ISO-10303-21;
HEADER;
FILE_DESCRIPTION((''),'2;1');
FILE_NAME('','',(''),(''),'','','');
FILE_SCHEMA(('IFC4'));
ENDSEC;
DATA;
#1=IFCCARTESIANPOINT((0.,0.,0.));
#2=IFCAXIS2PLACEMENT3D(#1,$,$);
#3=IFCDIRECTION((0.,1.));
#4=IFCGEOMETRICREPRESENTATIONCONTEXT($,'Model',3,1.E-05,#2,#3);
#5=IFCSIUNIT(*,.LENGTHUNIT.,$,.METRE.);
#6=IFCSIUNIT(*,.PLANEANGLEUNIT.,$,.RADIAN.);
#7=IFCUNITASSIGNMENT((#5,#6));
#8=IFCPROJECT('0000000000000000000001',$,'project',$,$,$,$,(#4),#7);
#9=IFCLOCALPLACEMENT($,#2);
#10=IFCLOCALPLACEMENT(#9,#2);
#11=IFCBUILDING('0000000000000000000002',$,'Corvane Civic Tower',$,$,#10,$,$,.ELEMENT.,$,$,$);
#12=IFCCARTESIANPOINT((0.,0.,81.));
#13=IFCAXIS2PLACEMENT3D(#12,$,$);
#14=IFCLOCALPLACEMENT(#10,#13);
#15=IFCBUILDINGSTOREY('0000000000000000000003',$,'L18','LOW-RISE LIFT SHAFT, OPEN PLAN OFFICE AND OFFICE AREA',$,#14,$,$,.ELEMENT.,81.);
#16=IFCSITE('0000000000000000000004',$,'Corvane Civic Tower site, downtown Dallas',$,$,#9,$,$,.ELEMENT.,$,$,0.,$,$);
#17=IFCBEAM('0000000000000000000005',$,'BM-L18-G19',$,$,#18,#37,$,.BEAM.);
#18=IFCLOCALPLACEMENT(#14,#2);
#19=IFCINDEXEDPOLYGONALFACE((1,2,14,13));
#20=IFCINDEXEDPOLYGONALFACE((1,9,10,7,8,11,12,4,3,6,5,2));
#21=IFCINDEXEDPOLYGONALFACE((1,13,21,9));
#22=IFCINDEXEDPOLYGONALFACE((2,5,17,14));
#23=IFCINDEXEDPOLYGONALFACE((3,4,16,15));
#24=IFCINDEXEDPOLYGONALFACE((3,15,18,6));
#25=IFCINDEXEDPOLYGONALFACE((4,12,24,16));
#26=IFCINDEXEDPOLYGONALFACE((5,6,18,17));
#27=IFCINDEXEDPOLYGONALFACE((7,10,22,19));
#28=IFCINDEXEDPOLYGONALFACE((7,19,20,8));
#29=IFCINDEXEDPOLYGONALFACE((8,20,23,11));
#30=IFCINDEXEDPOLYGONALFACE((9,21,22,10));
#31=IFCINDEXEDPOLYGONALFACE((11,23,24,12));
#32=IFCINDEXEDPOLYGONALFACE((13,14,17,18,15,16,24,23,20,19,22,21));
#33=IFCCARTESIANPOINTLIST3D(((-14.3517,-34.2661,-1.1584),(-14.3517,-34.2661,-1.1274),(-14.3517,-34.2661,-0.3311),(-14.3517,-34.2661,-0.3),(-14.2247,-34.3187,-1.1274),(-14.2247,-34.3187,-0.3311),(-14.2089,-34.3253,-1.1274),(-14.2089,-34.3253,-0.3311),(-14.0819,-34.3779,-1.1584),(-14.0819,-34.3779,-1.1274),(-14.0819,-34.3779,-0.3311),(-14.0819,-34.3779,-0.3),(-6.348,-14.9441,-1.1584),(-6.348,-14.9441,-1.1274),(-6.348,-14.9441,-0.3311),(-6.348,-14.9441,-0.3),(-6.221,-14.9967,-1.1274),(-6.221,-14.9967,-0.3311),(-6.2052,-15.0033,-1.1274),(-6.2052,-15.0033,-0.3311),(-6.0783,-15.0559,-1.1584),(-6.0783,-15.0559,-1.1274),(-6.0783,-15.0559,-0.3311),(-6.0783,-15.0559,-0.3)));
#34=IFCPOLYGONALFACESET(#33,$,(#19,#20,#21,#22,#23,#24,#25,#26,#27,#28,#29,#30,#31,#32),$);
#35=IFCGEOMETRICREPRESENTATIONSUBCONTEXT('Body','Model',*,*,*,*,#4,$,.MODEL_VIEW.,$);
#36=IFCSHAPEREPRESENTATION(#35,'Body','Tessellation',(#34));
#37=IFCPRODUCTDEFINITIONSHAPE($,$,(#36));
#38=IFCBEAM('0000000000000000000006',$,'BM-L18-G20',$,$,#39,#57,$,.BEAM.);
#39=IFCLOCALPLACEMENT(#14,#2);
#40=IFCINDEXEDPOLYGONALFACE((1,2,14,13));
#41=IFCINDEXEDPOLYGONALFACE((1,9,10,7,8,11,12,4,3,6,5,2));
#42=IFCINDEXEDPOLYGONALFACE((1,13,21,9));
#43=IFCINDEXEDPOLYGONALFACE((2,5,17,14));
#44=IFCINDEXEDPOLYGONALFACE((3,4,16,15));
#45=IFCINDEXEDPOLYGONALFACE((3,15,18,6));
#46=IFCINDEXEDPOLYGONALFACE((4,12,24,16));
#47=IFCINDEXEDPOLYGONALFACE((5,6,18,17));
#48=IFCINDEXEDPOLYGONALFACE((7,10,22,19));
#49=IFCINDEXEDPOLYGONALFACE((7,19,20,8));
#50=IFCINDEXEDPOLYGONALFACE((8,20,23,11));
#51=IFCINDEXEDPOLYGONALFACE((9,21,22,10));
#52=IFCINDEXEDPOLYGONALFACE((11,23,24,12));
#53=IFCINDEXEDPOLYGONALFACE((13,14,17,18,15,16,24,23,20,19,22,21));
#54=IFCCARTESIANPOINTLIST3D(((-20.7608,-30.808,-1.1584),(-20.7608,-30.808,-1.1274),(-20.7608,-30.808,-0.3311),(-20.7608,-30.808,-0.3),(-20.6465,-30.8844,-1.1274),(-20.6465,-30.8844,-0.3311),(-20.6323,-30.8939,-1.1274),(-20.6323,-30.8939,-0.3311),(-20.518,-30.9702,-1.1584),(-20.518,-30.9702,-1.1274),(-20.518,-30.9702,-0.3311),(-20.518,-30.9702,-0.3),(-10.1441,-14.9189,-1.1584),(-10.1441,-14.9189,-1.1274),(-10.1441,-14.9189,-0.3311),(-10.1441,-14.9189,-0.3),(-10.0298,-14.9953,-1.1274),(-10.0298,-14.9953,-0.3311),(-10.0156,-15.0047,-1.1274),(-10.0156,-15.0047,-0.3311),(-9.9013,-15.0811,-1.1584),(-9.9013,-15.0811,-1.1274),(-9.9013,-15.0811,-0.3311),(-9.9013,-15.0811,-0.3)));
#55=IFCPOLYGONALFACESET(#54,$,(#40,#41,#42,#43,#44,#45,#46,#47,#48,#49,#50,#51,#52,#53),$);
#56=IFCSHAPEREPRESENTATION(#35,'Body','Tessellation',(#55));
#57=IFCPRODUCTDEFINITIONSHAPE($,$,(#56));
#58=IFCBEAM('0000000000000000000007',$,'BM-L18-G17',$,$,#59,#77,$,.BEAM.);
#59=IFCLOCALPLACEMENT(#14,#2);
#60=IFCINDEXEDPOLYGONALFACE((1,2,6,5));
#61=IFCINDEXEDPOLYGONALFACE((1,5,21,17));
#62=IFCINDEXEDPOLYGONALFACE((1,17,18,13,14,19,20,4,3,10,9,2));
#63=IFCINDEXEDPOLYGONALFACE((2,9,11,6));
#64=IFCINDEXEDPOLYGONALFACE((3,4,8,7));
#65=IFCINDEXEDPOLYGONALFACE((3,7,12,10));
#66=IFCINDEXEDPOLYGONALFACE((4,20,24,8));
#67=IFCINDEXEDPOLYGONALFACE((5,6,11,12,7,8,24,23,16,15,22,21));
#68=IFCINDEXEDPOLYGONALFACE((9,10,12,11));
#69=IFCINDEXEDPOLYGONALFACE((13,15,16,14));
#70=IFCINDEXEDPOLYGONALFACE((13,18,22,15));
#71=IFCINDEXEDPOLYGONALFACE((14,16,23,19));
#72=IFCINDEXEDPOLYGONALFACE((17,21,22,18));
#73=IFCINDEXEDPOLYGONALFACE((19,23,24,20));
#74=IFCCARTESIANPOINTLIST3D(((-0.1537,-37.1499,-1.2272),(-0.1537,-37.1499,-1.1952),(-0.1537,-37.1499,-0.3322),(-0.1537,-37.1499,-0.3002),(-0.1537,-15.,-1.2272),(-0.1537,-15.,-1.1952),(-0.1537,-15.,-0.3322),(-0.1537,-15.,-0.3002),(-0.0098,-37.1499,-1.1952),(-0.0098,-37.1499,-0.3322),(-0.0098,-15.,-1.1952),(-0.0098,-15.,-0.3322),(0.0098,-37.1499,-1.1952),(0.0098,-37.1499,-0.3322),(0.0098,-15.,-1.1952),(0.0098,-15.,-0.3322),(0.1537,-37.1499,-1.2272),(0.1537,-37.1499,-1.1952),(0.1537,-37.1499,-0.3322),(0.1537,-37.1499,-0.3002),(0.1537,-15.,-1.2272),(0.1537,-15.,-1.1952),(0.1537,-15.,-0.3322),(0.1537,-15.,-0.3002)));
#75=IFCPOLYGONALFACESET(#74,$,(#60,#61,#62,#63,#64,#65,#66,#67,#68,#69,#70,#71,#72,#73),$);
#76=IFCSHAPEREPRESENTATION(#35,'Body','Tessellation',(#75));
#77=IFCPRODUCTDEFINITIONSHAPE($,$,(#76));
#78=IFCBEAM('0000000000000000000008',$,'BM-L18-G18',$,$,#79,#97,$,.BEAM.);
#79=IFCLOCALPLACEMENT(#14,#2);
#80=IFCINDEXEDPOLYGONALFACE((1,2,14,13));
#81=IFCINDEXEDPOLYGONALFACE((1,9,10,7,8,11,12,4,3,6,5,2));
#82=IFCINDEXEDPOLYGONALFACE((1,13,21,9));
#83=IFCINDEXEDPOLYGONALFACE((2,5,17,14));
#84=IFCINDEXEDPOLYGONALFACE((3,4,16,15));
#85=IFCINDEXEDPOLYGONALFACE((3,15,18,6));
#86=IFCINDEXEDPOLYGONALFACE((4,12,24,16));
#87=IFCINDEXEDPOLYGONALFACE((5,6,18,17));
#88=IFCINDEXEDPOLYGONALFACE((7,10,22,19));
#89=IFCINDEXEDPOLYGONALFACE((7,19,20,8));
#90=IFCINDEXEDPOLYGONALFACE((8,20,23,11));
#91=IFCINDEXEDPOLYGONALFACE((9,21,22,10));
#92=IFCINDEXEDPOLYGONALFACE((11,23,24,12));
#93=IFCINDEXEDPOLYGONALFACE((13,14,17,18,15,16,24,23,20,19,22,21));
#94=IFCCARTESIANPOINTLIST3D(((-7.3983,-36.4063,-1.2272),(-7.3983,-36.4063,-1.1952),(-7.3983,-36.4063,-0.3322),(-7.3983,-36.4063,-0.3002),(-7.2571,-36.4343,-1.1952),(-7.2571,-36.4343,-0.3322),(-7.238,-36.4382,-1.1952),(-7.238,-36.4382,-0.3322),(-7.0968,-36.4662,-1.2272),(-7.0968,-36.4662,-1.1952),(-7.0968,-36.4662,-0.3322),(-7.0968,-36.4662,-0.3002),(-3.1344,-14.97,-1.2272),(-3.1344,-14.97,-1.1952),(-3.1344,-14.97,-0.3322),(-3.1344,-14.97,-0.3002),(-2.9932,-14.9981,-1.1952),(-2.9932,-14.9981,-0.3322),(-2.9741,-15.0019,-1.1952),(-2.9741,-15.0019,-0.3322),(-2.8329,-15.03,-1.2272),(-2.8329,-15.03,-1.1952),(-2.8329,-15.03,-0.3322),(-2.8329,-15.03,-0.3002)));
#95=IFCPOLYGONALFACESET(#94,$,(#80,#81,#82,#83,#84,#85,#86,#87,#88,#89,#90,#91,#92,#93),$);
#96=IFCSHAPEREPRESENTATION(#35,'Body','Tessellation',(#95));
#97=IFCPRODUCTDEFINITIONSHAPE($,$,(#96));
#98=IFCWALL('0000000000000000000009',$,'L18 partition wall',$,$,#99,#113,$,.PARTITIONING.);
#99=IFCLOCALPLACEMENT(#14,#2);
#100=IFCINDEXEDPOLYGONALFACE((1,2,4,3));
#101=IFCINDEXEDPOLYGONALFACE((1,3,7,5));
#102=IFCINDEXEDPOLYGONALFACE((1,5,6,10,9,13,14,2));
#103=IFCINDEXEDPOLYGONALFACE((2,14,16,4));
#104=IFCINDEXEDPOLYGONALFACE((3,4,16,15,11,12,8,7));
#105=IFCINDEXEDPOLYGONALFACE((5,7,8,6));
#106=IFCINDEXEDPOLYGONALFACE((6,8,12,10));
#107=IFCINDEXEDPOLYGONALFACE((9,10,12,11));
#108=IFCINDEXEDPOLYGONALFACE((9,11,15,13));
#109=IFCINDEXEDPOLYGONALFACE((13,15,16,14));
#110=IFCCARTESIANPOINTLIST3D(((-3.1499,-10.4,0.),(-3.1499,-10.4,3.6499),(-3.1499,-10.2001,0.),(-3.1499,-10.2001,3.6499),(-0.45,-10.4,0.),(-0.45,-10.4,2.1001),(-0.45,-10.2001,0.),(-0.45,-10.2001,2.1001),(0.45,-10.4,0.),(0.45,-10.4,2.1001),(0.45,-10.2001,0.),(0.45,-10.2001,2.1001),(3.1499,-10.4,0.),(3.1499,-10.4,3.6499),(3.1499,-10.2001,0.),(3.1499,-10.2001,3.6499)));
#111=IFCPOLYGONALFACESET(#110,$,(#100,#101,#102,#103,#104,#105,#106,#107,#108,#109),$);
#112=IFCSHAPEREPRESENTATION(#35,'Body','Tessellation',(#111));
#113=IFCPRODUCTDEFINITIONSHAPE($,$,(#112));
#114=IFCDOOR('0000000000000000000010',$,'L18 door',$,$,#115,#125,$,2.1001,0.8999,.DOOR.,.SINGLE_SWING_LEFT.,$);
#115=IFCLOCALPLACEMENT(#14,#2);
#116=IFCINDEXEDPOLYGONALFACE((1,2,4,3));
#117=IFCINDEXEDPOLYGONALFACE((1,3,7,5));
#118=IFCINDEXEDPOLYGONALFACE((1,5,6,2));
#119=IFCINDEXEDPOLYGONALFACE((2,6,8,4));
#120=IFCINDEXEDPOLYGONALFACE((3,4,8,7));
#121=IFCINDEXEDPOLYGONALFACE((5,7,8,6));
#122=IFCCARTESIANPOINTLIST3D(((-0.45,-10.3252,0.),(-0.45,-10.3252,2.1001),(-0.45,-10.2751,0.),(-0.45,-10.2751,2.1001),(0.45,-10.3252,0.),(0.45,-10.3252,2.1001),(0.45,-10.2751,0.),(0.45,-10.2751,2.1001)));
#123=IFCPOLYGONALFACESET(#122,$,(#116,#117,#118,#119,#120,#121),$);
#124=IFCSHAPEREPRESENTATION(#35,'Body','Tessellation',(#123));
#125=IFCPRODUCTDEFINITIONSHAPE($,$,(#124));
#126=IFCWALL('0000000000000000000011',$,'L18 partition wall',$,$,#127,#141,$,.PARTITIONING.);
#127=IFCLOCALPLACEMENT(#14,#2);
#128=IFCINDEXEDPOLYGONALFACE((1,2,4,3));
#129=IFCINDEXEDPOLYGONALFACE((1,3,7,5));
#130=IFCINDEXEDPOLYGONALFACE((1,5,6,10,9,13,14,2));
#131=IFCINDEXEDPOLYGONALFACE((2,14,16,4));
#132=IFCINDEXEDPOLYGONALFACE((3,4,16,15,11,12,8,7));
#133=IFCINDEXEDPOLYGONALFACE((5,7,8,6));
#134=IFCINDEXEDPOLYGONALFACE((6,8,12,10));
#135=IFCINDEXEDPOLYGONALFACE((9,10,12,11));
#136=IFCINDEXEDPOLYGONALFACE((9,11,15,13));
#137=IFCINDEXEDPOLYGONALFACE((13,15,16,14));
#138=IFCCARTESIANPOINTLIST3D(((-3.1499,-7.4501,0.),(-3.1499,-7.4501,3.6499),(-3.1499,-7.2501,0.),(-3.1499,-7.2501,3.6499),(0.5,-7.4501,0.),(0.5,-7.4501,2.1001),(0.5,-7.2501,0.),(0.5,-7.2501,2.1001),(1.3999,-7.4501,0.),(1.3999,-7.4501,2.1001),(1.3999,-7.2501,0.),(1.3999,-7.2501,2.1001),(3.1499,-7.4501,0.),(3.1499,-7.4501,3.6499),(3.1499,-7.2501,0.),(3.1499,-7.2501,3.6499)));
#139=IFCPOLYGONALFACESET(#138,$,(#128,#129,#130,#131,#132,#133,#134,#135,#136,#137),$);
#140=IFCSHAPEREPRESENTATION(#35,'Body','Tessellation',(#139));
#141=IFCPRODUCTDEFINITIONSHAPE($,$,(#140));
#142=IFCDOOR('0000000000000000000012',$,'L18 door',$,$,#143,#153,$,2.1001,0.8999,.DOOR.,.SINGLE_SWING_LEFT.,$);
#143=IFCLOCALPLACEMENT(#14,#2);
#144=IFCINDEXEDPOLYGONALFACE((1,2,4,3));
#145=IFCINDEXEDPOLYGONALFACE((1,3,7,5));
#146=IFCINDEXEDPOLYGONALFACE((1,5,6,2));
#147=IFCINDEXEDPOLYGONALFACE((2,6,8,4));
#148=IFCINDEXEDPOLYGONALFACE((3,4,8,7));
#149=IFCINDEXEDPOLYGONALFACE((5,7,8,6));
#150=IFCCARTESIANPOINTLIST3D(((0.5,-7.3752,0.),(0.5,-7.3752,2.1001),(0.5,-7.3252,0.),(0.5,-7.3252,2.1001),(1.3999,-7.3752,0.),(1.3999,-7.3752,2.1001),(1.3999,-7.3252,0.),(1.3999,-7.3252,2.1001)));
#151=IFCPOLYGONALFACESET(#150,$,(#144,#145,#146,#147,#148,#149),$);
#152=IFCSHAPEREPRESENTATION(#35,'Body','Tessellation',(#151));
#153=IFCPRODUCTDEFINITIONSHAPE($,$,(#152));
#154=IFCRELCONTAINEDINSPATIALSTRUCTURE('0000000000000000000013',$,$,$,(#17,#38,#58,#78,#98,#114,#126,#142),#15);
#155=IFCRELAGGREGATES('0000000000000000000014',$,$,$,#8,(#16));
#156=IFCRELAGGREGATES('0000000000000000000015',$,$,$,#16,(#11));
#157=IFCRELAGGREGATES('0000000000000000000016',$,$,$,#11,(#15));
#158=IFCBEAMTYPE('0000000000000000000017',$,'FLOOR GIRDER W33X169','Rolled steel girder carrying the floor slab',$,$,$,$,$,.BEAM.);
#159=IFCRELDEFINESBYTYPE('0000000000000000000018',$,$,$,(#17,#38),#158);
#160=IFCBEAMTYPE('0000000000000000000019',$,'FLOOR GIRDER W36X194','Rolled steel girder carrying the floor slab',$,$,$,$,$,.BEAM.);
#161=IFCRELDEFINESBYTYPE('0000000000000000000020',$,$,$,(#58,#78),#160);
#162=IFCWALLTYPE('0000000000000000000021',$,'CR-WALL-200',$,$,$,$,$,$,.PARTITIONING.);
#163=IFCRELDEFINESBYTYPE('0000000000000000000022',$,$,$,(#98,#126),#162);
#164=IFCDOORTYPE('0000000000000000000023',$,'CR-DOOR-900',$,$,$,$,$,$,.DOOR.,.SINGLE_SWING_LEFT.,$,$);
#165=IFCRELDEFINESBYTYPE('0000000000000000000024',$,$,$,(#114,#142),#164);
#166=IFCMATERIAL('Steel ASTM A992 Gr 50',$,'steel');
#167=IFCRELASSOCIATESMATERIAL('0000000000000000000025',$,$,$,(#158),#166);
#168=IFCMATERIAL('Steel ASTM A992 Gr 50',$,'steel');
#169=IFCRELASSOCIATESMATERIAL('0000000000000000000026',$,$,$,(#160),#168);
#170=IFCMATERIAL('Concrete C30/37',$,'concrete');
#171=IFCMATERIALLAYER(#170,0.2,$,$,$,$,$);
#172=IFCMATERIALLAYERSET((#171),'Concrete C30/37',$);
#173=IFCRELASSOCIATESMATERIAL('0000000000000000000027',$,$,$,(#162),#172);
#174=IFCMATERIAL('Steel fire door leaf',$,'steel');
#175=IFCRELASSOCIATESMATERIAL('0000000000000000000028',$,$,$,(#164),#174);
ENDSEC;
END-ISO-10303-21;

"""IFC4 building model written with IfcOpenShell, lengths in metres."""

from ifc_helpers import new_model, si_unit, direction, frame, frame_2d, origin, origin_2d, place, context, subcontext, project, spatial, rectangle, i_section, extrude, material, layer, layer_set, material_profile, profile_set, type_object, element, fill, save


model = new_model("IFC4")

# Units and contexts
model_context = context("Model", 3, precision=1e-05, world=origin(), true_north=direction((0.0, 1.0)))
body_context = subcontext(model_context, "Body", "Model", "MODEL_VIEW")
ifc_project = project(units=[si_unit("LENGTHUNIT", "METRE"), si_unit("PLANEANGLEUNIT", "RADIAN")], contexts=[model_context])

# Site, building, storey
site_placement = place(None, origin())
site = spatial("IfcSite", under=ifc_project, at=site_placement, Name="Corvane Civic Tower site, downtown Dallas", CompositionType="ELEMENT", RefElevation=0.0)
building_placement = place(site_placement, origin())
building = spatial("IfcBuilding", under=site, at=building_placement, Name="Corvane Civic Tower", CompositionType="ELEMENT")
storey_placement = place(building_placement, frame((0.0, 0.0, 81.0)))
storey = spatial("IfcBuildingStorey", under=building, at=storey_placement, Name="L18", Description="LOW-RISE LIFT SHAFT, OPEN PLAN OFFICE AND OFFICE AREA", CompositionType="ELEMENT", Elevation=81.0)

# Beams
ifc_material_1 = material(Name="Steel ASTM A992 Gr 50", Category="steel")
ifc_material_profile_1 = material_profile(ifc_material_1, i_section(OverallWidth=0.292, OverallDepth=0.8584, WebThickness=0.0171, FlangeThickness=0.031, at=origin_2d()), Name="W33X169")
ifc_profile_set_1 = profile_set([ifc_material_profile_1], Name="Steel ASTM A992 Gr 50")
beam_type_1 = type_object("IfcBeamType", Name="FLOOR GIRDER W33X169", Description="Rolled steel girder carrying the floor slab", PredefinedType="BEAM", material=ifc_profile_set_1)
beam_1_placement = place(storey_placement, frame((-6.2131, -15.0, -0.7292), z_axis=(-0.382692, -0.923876, 0.0), x_axis=(0.923876, -0.382692, 0.0)))
element("IfcBeam", 1, at=beam_1_placement, inside=storey, type_object=beam_type_1, Name="BM-L18-G19", PredefinedType="BEAM", context=body_context, shape_type="SweptSolid", body=[
    extrude(i_section(OverallWidth=0.292, OverallDepth=0.8584, WebThickness=0.0171, FlangeThickness=0.031, at=origin_2d()), origin(), (0.0, 0.0, 1.0), 20.9141),
])
beam_2_placement = place(storey_placement, frame((-10.0227, -15.0, -0.7292), z_axis=(-0.555567, -0.831472, 0.0), x_axis=(0.831472, -0.555567, 0.0)))
element("IfcBeam", 2, at=beam_2_placement, inside=storey, type_object=beam_type_1, Name="BM-L18-G20", PredefinedType="BEAM", context=body_context, shape_type="SweptSolid", body=[
    extrude(i_section(OverallWidth=0.292, OverallDepth=0.8584, WebThickness=0.0171, FlangeThickness=0.031, at=origin_2d()), origin(), (0.0, 0.0, 1.0), 19.1096),
])
ifc_material_2 = material(Name="Steel ASTM A992 Gr 50", Category="steel")
ifc_material_profile_2 = material_profile(ifc_material_2, i_section(OverallWidth=0.3074, OverallDepth=0.927, WebThickness=0.0195, FlangeThickness=0.032, at=origin_2d()), Name="W36X194")
ifc_profile_set_2 = profile_set([ifc_material_profile_2], Name="Steel ASTM A992 Gr 50")
beam_type_2 = type_object("IfcBeamType", Name="FLOOR GIRDER W36X194", Description="Rolled steel girder carrying the floor slab", PredefinedType="BEAM", material=ifc_profile_set_2)
beam_3_placement = place(storey_placement, frame((0.0, -15.0, -0.7637), z_axis=(0.0, -1.0, 0.0), x_axis=(1.0, 0.0, 0.0)))
element("IfcBeam", 3, at=beam_3_placement, inside=storey, type_object=beam_type_2, Name="BM-L18-G17", PredefinedType="BEAM", context=body_context, shape_type="SweptSolid", body=[
    extrude(i_section(OverallWidth=0.3074, OverallDepth=0.927, WebThickness=0.0195, FlangeThickness=0.032, at=origin_2d()), origin(), (0.0, 0.0, 1.0), 22.1499),
])
beam_4_placement = place(storey_placement, frame((-2.9836, -15.0, -0.7637), z_axis=(-0.195089, -0.980785, 0.0), x_axis=(0.980785, -0.195089, 0.0)))
element("IfcBeam", 4, at=beam_4_placement, inside=storey, type_object=beam_type_2, Name="BM-L18-G18", PredefinedType="BEAM", context=body_context, shape_type="SweptSolid", body=[
    extrude(i_section(OverallWidth=0.3074, OverallDepth=0.927, WebThickness=0.0195, FlangeThickness=0.032, at=origin_2d()), origin(), (0.0, 0.0, 1.0), 21.8562),
])

# Walls, openings, doors
ifc_material_3 = material(Name="Concrete C30/37", Category="concrete")
ifc_layer = layer(ifc_material_3, 0.2)
ifc_layer_set = layer_set([ifc_layer], Name="Concrete C30/37")
wall_type = type_object("IfcWallType", Name="CR-WALL-200", PredefinedType="PARTITIONING", material=ifc_layer_set)
wall_1_placement = place(storey_placement, frame((-3.1499, -10.3, 0.0), z_axis=(0.0, 0.0, 1.0), x_axis=(1.0, 0.0, 0.0)))
wall_1 = element("IfcWall", 5, at=wall_1_placement, inside=storey, type_object=wall_type, Name="L18 partition wall", PredefinedType="PARTITIONING", context=body_context, shape_type="SweptSolid", body=[
    extrude(rectangle(XDim=6.2998, YDim=0.2, at=frame_2d((3.1499, 0.0))), origin(), (0.0, 0.0, 1.0), 3.6499),
])
opening_1_placement = place(wall_1_placement, frame((2.7, 0.0, 0.0)))
opening_1 = element("IfcOpeningElement", 6, at=opening_1_placement, cuts=wall_1, PredefinedType="OPENING", context=body_context, shape_type="SweptSolid", body=[
    extrude(rectangle(XDim=0.8999, YDim=2.1001, at=frame_2d((0.45, 1.05))), frame((0.0, 0.1099, 0.0), z_axis=(0.0, -1.0, 0.0), x_axis=(1.0, 0.0, 0.0)), (0.0, 0.0, 1.0), 0.22),
])
ifc_material_4 = material(Name="Steel fire door leaf", Category="steel")
door_type_1 = type_object("IfcDoorType", Name="CR-DOOR-900", OperationType="SINGLE_SWING_LEFT", PredefinedType="DOOR", material=ifc_material_4)
door_1_placement = place(opening_1_placement, origin())
door_1 = element("IfcDoor", 7, at=door_1_placement, inside=storey, type_object=door_type_1, Name="L18 door", OperationType="SINGLE_SWING_LEFT", OverallHeight=2.1001, OverallWidth=0.8999, PredefinedType="DOOR", context=body_context, shape_type="SweptSolid", body=[
    extrude(rectangle(XDim=0.8999, YDim=2.1001, at=frame_2d((0.45, 1.05))), frame((0.0, 0.0249, 0.0), z_axis=(0.0, -1.0, 0.0), x_axis=(1.0, 0.0, 0.0)), (0.0, 0.0, 1.0), 0.05),
])
fill(opening_1, door_1)
wall_2_placement = place(storey_placement, frame((-3.1499, -7.3501, 0.0), z_axis=(0.0, 0.0, 1.0), x_axis=(1.0, 0.0, 0.0)))
wall_2 = element("IfcWall", 8, at=wall_2_placement, inside=storey, type_object=wall_type, Name="L18 partition wall", PredefinedType="PARTITIONING", context=body_context, shape_type="SweptSolid", body=[
    extrude(rectangle(XDim=6.2998, YDim=0.2, at=frame_2d((3.1499, 0.0))), origin(), (0.0, 0.0, 1.0), 3.6499),
])
opening_2_placement = place(wall_2_placement, frame((3.6499, 0.0, 0.0)))
opening_2 = element("IfcOpeningElement", 9, at=opening_2_placement, cuts=wall_2, PredefinedType="OPENING", context=body_context, shape_type="SweptSolid", body=[
    extrude(rectangle(XDim=0.8999, YDim=2.1001, at=frame_2d((0.45, 1.05))), frame((0.0, 0.1099, 0.0), z_axis=(0.0, -1.0, 0.0), x_axis=(1.0, 0.0, 0.0)), (0.0, 0.0, 1.0), 0.22),
])
door_2_placement = place(opening_2_placement, origin())
door_2 = element("IfcDoor", 10, at=door_2_placement, inside=storey, type_object=door_type_1, Name="L18 door", OperationType="SINGLE_SWING_LEFT", OverallHeight=2.1001, OverallWidth=0.8999, PredefinedType="DOOR", context=body_context, shape_type="SweptSolid", body=[
    extrude(rectangle(XDim=0.8999, YDim=2.1001, at=frame_2d((0.45, 1.05))), frame((0.0, 0.0249, 0.0), z_axis=(0.0, -1.0, 0.0), x_axis=(1.0, 0.0, 0.0)), (0.0, 0.0, 1.0), 0.05),
])
fill(opening_2, door_2)

save(model, "model.ifc")
